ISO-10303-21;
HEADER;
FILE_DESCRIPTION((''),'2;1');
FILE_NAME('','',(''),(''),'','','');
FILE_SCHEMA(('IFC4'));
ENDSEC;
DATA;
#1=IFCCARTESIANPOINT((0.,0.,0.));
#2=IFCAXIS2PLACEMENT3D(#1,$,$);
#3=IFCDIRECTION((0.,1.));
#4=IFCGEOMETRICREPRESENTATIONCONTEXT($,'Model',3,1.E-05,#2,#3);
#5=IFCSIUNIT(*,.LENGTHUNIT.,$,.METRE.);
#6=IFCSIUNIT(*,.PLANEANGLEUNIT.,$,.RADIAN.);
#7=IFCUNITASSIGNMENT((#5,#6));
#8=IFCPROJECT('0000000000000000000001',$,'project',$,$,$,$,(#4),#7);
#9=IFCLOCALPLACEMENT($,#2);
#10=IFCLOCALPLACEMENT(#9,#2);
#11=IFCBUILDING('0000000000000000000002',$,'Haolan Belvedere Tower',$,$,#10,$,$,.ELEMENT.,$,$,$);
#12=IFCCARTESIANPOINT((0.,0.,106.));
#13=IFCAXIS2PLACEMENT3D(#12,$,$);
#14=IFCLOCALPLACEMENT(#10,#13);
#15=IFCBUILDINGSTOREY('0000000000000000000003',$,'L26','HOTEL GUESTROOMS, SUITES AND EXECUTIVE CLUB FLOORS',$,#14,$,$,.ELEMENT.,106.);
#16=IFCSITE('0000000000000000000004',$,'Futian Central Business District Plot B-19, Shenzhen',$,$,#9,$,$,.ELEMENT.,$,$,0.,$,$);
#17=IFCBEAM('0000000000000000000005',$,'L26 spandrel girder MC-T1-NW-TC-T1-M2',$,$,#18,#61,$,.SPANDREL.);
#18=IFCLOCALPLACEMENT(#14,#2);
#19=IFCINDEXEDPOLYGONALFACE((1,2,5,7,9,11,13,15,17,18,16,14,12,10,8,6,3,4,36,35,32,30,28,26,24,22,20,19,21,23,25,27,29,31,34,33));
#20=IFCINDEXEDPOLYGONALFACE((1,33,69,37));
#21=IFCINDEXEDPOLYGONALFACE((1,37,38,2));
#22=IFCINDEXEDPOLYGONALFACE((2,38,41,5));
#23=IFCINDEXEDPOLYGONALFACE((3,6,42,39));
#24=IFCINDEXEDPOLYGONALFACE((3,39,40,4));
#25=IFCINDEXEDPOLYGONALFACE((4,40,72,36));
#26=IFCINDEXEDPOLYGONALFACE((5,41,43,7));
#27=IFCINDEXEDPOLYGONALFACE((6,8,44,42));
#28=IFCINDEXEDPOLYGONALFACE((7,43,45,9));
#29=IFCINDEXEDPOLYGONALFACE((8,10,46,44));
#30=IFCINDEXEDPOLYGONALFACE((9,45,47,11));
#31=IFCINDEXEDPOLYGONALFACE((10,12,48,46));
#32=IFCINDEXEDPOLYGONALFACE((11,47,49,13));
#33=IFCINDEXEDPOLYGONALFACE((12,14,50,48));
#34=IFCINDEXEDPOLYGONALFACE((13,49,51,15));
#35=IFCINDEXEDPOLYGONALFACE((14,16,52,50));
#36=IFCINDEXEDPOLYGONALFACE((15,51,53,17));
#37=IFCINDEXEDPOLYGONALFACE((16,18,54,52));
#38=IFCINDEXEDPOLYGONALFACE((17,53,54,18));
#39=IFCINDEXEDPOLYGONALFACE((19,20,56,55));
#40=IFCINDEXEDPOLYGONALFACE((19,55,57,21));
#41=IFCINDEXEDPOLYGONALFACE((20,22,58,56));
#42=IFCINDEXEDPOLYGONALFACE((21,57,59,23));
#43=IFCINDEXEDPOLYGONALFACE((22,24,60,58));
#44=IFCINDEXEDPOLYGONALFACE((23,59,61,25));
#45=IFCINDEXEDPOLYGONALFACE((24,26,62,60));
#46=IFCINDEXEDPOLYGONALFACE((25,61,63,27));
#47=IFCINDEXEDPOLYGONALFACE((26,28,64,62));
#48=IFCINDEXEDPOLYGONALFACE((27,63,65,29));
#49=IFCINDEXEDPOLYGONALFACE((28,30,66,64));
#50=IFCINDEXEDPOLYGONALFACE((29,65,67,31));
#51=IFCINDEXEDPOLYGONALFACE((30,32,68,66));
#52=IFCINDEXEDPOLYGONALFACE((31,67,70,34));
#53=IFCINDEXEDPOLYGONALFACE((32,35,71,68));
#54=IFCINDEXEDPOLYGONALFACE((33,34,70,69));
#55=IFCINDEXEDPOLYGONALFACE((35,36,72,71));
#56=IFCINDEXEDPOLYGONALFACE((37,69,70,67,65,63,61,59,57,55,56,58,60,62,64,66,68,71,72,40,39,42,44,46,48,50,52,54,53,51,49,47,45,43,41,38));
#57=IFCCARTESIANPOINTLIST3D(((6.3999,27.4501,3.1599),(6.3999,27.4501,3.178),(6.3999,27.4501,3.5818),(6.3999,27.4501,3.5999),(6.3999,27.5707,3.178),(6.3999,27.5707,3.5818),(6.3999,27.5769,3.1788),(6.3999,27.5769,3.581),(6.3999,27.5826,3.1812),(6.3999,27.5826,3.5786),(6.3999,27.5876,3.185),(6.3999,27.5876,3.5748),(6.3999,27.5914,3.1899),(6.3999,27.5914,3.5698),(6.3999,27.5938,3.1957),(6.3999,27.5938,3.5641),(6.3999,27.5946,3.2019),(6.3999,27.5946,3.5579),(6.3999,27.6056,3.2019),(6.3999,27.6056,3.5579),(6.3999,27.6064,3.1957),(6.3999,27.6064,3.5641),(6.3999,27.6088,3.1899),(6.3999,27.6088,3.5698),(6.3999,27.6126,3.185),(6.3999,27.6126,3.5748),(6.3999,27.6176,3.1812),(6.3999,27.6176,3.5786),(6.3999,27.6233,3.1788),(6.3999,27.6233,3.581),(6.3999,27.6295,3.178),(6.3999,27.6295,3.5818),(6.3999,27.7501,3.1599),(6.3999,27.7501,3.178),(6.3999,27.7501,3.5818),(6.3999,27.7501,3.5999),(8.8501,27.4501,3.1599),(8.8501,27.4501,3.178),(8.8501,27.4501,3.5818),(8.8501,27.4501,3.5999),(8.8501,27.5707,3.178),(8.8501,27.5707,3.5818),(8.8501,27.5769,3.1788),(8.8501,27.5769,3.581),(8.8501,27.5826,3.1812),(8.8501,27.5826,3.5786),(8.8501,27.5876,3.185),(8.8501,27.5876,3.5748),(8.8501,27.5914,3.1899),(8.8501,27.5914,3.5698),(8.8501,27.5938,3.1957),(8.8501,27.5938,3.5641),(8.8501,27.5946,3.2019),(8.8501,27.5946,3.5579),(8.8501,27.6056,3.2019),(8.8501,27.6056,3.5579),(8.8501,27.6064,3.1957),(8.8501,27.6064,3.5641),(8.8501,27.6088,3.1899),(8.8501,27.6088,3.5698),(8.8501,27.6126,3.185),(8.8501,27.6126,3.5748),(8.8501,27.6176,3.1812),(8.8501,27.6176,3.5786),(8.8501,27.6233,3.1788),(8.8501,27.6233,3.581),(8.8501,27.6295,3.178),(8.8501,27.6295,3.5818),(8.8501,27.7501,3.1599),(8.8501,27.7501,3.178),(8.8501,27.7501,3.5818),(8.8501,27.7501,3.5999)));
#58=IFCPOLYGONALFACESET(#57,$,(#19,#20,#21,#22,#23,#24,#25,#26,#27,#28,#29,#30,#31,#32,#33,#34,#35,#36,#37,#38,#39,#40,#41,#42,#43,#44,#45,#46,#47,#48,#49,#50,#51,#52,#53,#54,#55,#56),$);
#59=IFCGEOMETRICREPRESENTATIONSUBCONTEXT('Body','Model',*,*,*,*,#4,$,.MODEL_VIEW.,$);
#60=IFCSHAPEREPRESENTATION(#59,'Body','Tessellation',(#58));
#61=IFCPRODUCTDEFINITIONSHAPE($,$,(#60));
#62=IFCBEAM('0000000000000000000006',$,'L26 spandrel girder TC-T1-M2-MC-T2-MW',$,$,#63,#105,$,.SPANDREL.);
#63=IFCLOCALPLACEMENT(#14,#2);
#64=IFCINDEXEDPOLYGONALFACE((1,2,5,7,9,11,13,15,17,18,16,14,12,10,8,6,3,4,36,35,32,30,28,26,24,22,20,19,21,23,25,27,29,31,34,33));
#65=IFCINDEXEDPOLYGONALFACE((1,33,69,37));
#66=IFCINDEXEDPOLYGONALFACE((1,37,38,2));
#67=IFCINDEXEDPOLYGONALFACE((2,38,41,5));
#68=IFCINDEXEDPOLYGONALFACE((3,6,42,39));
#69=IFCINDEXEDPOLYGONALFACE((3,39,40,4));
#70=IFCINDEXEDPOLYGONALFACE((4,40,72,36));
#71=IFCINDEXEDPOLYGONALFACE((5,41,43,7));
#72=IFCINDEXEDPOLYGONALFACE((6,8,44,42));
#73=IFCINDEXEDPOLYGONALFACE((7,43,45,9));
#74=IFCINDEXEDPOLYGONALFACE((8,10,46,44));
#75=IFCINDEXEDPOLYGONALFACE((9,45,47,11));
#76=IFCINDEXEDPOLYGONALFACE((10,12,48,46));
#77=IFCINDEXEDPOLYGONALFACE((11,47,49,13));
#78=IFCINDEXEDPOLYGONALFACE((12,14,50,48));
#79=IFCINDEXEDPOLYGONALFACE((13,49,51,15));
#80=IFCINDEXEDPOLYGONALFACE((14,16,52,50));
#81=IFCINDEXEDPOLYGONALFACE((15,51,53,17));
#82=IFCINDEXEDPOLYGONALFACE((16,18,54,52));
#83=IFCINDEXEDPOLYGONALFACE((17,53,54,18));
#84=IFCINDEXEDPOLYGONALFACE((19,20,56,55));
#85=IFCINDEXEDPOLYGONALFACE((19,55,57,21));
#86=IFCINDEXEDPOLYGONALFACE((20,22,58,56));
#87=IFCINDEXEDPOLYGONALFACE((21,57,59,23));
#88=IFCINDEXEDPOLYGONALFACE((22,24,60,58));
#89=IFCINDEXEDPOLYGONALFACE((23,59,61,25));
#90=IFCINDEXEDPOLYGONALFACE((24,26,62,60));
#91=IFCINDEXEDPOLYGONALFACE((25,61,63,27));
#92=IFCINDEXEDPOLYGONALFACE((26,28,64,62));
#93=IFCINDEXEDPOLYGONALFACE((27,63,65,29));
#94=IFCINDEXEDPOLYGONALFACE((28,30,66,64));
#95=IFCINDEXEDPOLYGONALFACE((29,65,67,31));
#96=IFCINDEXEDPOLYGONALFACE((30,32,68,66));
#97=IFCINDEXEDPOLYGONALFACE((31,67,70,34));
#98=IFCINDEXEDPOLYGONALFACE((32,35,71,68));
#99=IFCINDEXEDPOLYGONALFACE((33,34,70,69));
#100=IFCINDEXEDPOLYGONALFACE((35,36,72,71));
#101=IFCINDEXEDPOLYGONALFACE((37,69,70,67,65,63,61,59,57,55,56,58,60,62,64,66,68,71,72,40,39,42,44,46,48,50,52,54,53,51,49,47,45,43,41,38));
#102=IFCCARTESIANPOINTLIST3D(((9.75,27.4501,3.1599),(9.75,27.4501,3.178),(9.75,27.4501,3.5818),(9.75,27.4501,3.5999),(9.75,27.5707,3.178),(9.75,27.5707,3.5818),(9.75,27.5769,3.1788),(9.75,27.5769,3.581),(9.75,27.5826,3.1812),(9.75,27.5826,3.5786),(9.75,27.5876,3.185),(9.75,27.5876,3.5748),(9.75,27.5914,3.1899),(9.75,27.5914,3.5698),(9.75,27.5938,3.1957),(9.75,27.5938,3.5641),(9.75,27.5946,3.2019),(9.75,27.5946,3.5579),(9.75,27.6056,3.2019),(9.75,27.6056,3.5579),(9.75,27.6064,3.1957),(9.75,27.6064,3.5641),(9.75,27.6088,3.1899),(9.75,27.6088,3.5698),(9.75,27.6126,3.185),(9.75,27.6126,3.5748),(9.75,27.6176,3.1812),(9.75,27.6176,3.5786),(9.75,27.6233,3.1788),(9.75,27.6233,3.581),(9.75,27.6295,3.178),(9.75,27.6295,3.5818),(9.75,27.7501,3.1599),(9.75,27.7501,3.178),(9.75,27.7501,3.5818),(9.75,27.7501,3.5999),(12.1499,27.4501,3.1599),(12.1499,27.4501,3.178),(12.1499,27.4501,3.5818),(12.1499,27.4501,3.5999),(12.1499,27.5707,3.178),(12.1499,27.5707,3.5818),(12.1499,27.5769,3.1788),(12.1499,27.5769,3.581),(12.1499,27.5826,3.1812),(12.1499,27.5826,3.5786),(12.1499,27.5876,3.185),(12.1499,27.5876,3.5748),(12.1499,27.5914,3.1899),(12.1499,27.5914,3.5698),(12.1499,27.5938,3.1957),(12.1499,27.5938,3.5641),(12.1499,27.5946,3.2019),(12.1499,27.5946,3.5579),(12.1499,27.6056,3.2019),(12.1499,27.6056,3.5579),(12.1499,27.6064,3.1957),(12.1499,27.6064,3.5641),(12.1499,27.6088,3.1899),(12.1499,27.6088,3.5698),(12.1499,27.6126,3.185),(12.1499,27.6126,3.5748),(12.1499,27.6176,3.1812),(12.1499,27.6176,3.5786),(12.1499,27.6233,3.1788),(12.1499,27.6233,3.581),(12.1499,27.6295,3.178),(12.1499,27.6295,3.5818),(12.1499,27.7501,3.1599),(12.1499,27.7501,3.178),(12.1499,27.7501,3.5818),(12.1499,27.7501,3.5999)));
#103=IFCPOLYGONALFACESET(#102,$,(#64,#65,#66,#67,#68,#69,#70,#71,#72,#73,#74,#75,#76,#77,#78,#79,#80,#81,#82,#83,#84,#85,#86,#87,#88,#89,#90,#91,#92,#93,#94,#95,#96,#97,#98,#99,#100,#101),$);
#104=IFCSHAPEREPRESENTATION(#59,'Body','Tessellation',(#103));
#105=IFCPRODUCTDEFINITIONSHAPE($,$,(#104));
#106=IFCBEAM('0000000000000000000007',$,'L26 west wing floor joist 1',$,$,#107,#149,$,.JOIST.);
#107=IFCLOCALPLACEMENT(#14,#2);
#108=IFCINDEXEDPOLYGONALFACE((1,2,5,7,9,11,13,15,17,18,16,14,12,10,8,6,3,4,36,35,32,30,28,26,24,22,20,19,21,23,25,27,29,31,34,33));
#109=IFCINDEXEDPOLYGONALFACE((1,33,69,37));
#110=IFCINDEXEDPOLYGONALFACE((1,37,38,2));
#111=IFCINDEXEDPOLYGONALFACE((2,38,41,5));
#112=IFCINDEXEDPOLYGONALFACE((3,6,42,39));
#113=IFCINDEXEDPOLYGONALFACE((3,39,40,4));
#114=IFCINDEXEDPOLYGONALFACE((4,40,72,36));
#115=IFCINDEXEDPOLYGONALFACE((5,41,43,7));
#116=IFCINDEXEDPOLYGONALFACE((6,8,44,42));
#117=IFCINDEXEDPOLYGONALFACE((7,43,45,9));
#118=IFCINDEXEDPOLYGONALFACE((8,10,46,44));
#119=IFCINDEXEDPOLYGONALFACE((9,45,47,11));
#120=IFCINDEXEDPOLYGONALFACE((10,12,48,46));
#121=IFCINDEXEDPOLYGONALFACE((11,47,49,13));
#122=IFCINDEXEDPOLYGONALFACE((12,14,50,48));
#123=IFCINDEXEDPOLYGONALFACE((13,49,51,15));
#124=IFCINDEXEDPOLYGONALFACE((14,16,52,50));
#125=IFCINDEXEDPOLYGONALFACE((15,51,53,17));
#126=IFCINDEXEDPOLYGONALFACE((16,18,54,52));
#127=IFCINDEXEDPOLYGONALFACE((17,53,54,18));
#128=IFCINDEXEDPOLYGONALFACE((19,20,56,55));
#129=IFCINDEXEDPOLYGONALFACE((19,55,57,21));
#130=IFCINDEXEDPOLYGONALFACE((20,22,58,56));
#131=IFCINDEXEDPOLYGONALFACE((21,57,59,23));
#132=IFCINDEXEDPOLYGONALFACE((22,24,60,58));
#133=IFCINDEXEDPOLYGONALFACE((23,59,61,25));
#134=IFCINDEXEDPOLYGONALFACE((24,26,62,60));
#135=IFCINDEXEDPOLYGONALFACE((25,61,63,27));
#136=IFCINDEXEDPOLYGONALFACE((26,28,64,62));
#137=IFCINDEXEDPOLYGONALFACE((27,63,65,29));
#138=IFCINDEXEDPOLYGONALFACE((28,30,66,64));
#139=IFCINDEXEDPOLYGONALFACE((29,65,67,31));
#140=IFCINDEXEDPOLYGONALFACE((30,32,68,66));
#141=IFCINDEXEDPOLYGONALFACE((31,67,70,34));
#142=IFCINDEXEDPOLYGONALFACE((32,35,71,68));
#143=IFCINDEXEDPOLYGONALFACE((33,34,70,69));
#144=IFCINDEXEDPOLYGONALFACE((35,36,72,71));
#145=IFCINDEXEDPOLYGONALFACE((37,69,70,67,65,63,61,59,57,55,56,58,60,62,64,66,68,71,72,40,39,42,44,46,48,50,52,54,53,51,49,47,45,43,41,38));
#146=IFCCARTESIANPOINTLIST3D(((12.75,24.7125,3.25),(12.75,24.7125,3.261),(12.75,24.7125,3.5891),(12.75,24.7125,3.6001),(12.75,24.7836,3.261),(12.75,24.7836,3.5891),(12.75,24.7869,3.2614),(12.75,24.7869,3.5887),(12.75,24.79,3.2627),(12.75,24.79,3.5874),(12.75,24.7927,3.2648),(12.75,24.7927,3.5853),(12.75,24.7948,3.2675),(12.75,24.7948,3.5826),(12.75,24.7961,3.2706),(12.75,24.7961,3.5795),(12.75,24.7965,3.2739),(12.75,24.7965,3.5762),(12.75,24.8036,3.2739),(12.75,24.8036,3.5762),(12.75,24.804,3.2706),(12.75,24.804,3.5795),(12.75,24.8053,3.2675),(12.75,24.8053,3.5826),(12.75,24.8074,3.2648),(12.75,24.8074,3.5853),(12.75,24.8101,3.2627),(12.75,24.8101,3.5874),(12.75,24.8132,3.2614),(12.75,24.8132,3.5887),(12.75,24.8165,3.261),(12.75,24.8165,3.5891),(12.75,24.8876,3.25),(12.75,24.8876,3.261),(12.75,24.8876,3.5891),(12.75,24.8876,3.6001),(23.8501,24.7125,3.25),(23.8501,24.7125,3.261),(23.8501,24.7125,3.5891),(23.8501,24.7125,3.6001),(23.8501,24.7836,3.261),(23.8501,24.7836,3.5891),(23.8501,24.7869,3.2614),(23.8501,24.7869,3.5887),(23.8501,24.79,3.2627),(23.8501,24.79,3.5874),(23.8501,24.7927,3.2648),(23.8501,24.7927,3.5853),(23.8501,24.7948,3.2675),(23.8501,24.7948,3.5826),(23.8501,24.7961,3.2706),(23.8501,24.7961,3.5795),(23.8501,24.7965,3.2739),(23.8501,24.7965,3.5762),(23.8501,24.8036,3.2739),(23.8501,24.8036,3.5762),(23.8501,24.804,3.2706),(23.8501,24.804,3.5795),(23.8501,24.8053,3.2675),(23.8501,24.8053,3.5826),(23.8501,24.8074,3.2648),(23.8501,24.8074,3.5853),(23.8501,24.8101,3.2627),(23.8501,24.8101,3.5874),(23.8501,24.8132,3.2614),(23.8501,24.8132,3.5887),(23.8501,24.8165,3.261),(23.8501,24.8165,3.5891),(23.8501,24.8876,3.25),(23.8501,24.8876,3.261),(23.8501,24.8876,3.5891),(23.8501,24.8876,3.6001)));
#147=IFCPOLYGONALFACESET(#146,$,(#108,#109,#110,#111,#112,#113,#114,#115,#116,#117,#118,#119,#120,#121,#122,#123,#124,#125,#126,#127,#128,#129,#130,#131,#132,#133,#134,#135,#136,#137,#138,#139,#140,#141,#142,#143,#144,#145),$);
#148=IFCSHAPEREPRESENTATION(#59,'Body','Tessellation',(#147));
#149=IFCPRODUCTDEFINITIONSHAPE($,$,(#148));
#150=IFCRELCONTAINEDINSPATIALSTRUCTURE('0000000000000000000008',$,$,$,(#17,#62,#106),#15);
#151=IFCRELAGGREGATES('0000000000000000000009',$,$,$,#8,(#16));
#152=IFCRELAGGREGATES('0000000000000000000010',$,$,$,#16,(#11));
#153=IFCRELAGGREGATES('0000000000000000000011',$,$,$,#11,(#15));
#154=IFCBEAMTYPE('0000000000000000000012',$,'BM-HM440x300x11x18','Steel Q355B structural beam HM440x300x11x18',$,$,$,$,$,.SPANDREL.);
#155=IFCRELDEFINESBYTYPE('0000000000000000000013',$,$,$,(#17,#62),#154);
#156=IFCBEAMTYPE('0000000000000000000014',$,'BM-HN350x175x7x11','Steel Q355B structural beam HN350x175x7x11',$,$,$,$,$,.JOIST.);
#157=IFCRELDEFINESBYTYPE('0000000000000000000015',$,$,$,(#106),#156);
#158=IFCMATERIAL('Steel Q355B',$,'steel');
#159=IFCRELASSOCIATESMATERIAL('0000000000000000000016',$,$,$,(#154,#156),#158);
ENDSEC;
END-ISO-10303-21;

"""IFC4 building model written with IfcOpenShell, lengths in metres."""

from ifc_helpers import new_model, si_unit, direction, frame, origin, origin_2d, place, context, subcontext, project, spatial, i_section, extrude, material, material_profile, profile_set, type_object, element, save


model = new_model("IFC4")

# Units and contexts
model_context = context("Model", 3, precision=1e-05, world=origin(), true_north=direction((0.0, 1.0)))
body_context = subcontext(model_context, "Body", "Model", "MODEL_VIEW")
ifc_project = project(units=[si_unit("LENGTHUNIT", "METRE"), si_unit("PLANEANGLEUNIT", "RADIAN")], contexts=[model_context])

# Site, building, storey
site_placement = place(None, origin())
site = spatial("IfcSite", under=ifc_project, at=site_placement, Name="Futian Central Business District Plot B-19, Shenzhen", CompositionType="ELEMENT", RefElevation=0.0)
building_placement = place(site_placement, origin())
building = spatial("IfcBuilding", under=site, at=building_placement, Name="Haolan Belvedere Tower", CompositionType="ELEMENT")
storey_placement = place(building_placement, frame((0.0, 0.0, 106.0)))
storey = spatial("IfcBuildingStorey", under=building, at=storey_placement, Name="L26", Description="HOTEL GUESTROOMS, SUITES AND EXECUTIVE CLUB FLOORS", CompositionType="ELEMENT", Elevation=106.0)

# Beams
ifc_material_1 = material(Name="Steel Q355B", Category="steel")
ifc_material_profile_1 = material_profile(ifc_material_1, i_section(OverallWidth=0.3, OverallDepth=0.4399, WebThickness=0.011, FlangeThickness=0.0181, FilletRadius=0.0239, at=origin_2d()), Name="Steel Q355B")
ifc_profile_set_1 = profile_set([ifc_material_profile_1], Name="Steel Q355B")
beam_type_1 = type_object("IfcBeamType", Name="BM-HM440x300x11x18", Description="Steel Q355B structural beam HM440x300x11x18", PredefinedType="SPANDREL", material=ifc_profile_set_1)
beam_1_placement = place(storey_placement, frame((6.3999, 27.6001, 3.3799), z_axis=(1.0, 0.0, 0.0), x_axis=(0.0, 1.0, 0.0)))
element("IfcBeam", 1, at=beam_1_placement, inside=storey, type_object=beam_type_1, Name="L26 spandrel girder MC-T1-NW-TC-T1-M2", PredefinedType="SPANDREL", context=body_context, shape_type="SweptSolid", body=[
    extrude(i_section(OverallWidth=0.3, OverallDepth=0.4399, WebThickness=0.011, FlangeThickness=0.0181, FilletRadius=0.0239, at=origin_2d()), origin(), (0.0, 0.0, 1.0), 2.4502),
])
beam_2_placement = place(storey_placement, frame((9.75, 27.6001, 3.3799), z_axis=(1.0, 0.0, 0.0), x_axis=(0.0, 1.0, 0.0)))
element("IfcBeam", 2, at=beam_2_placement, inside=storey, type_object=beam_type_1, Name="L26 spandrel girder TC-T1-M2-MC-T2-MW", PredefinedType="SPANDREL", context=body_context, shape_type="SweptSolid", body=[
    extrude(i_section(OverallWidth=0.3, OverallDepth=0.4399, WebThickness=0.011, FlangeThickness=0.0181, FilletRadius=0.0239, at=origin_2d()), origin(), (0.0, 0.0, 1.0), 2.3999),
])
ifc_material_profile_2 = material_profile(ifc_material_1, i_section(OverallWidth=0.175, OverallDepth=0.3501, WebThickness=0.0071, FlangeThickness=0.011, FilletRadius=0.0129, at=origin_2d()), Name="Steel Q355B")
ifc_profile_set_2 = profile_set([ifc_material_profile_2], Name="Steel Q355B")
beam_type_2 = type_object("IfcBeamType", Name="BM-HN350x175x7x11", Description="Steel Q355B structural beam HN350x175x7x11", PredefinedType="JOIST", material=ifc_profile_set_2)
beam_3_placement = place(storey_placement, frame((12.75, 24.8, 3.425), z_axis=(1.0, 0.0, 0.0), x_axis=(0.0, 1.0, 0.0)))
element("IfcBeam", 3, at=beam_3_placement, inside=storey, type_object=beam_type_2, Name="L26 west wing floor joist 1", PredefinedType="JOIST", context=body_context, shape_type="SweptSolid", body=[
    extrude(i_section(OverallWidth=0.175, OverallDepth=0.3501, WebThickness=0.0071, FlangeThickness=0.011, FilletRadius=0.0129, at=origin_2d()), origin(), (0.0, 0.0, 1.0), 11.1001),
])

save(model, "model.ifc")
